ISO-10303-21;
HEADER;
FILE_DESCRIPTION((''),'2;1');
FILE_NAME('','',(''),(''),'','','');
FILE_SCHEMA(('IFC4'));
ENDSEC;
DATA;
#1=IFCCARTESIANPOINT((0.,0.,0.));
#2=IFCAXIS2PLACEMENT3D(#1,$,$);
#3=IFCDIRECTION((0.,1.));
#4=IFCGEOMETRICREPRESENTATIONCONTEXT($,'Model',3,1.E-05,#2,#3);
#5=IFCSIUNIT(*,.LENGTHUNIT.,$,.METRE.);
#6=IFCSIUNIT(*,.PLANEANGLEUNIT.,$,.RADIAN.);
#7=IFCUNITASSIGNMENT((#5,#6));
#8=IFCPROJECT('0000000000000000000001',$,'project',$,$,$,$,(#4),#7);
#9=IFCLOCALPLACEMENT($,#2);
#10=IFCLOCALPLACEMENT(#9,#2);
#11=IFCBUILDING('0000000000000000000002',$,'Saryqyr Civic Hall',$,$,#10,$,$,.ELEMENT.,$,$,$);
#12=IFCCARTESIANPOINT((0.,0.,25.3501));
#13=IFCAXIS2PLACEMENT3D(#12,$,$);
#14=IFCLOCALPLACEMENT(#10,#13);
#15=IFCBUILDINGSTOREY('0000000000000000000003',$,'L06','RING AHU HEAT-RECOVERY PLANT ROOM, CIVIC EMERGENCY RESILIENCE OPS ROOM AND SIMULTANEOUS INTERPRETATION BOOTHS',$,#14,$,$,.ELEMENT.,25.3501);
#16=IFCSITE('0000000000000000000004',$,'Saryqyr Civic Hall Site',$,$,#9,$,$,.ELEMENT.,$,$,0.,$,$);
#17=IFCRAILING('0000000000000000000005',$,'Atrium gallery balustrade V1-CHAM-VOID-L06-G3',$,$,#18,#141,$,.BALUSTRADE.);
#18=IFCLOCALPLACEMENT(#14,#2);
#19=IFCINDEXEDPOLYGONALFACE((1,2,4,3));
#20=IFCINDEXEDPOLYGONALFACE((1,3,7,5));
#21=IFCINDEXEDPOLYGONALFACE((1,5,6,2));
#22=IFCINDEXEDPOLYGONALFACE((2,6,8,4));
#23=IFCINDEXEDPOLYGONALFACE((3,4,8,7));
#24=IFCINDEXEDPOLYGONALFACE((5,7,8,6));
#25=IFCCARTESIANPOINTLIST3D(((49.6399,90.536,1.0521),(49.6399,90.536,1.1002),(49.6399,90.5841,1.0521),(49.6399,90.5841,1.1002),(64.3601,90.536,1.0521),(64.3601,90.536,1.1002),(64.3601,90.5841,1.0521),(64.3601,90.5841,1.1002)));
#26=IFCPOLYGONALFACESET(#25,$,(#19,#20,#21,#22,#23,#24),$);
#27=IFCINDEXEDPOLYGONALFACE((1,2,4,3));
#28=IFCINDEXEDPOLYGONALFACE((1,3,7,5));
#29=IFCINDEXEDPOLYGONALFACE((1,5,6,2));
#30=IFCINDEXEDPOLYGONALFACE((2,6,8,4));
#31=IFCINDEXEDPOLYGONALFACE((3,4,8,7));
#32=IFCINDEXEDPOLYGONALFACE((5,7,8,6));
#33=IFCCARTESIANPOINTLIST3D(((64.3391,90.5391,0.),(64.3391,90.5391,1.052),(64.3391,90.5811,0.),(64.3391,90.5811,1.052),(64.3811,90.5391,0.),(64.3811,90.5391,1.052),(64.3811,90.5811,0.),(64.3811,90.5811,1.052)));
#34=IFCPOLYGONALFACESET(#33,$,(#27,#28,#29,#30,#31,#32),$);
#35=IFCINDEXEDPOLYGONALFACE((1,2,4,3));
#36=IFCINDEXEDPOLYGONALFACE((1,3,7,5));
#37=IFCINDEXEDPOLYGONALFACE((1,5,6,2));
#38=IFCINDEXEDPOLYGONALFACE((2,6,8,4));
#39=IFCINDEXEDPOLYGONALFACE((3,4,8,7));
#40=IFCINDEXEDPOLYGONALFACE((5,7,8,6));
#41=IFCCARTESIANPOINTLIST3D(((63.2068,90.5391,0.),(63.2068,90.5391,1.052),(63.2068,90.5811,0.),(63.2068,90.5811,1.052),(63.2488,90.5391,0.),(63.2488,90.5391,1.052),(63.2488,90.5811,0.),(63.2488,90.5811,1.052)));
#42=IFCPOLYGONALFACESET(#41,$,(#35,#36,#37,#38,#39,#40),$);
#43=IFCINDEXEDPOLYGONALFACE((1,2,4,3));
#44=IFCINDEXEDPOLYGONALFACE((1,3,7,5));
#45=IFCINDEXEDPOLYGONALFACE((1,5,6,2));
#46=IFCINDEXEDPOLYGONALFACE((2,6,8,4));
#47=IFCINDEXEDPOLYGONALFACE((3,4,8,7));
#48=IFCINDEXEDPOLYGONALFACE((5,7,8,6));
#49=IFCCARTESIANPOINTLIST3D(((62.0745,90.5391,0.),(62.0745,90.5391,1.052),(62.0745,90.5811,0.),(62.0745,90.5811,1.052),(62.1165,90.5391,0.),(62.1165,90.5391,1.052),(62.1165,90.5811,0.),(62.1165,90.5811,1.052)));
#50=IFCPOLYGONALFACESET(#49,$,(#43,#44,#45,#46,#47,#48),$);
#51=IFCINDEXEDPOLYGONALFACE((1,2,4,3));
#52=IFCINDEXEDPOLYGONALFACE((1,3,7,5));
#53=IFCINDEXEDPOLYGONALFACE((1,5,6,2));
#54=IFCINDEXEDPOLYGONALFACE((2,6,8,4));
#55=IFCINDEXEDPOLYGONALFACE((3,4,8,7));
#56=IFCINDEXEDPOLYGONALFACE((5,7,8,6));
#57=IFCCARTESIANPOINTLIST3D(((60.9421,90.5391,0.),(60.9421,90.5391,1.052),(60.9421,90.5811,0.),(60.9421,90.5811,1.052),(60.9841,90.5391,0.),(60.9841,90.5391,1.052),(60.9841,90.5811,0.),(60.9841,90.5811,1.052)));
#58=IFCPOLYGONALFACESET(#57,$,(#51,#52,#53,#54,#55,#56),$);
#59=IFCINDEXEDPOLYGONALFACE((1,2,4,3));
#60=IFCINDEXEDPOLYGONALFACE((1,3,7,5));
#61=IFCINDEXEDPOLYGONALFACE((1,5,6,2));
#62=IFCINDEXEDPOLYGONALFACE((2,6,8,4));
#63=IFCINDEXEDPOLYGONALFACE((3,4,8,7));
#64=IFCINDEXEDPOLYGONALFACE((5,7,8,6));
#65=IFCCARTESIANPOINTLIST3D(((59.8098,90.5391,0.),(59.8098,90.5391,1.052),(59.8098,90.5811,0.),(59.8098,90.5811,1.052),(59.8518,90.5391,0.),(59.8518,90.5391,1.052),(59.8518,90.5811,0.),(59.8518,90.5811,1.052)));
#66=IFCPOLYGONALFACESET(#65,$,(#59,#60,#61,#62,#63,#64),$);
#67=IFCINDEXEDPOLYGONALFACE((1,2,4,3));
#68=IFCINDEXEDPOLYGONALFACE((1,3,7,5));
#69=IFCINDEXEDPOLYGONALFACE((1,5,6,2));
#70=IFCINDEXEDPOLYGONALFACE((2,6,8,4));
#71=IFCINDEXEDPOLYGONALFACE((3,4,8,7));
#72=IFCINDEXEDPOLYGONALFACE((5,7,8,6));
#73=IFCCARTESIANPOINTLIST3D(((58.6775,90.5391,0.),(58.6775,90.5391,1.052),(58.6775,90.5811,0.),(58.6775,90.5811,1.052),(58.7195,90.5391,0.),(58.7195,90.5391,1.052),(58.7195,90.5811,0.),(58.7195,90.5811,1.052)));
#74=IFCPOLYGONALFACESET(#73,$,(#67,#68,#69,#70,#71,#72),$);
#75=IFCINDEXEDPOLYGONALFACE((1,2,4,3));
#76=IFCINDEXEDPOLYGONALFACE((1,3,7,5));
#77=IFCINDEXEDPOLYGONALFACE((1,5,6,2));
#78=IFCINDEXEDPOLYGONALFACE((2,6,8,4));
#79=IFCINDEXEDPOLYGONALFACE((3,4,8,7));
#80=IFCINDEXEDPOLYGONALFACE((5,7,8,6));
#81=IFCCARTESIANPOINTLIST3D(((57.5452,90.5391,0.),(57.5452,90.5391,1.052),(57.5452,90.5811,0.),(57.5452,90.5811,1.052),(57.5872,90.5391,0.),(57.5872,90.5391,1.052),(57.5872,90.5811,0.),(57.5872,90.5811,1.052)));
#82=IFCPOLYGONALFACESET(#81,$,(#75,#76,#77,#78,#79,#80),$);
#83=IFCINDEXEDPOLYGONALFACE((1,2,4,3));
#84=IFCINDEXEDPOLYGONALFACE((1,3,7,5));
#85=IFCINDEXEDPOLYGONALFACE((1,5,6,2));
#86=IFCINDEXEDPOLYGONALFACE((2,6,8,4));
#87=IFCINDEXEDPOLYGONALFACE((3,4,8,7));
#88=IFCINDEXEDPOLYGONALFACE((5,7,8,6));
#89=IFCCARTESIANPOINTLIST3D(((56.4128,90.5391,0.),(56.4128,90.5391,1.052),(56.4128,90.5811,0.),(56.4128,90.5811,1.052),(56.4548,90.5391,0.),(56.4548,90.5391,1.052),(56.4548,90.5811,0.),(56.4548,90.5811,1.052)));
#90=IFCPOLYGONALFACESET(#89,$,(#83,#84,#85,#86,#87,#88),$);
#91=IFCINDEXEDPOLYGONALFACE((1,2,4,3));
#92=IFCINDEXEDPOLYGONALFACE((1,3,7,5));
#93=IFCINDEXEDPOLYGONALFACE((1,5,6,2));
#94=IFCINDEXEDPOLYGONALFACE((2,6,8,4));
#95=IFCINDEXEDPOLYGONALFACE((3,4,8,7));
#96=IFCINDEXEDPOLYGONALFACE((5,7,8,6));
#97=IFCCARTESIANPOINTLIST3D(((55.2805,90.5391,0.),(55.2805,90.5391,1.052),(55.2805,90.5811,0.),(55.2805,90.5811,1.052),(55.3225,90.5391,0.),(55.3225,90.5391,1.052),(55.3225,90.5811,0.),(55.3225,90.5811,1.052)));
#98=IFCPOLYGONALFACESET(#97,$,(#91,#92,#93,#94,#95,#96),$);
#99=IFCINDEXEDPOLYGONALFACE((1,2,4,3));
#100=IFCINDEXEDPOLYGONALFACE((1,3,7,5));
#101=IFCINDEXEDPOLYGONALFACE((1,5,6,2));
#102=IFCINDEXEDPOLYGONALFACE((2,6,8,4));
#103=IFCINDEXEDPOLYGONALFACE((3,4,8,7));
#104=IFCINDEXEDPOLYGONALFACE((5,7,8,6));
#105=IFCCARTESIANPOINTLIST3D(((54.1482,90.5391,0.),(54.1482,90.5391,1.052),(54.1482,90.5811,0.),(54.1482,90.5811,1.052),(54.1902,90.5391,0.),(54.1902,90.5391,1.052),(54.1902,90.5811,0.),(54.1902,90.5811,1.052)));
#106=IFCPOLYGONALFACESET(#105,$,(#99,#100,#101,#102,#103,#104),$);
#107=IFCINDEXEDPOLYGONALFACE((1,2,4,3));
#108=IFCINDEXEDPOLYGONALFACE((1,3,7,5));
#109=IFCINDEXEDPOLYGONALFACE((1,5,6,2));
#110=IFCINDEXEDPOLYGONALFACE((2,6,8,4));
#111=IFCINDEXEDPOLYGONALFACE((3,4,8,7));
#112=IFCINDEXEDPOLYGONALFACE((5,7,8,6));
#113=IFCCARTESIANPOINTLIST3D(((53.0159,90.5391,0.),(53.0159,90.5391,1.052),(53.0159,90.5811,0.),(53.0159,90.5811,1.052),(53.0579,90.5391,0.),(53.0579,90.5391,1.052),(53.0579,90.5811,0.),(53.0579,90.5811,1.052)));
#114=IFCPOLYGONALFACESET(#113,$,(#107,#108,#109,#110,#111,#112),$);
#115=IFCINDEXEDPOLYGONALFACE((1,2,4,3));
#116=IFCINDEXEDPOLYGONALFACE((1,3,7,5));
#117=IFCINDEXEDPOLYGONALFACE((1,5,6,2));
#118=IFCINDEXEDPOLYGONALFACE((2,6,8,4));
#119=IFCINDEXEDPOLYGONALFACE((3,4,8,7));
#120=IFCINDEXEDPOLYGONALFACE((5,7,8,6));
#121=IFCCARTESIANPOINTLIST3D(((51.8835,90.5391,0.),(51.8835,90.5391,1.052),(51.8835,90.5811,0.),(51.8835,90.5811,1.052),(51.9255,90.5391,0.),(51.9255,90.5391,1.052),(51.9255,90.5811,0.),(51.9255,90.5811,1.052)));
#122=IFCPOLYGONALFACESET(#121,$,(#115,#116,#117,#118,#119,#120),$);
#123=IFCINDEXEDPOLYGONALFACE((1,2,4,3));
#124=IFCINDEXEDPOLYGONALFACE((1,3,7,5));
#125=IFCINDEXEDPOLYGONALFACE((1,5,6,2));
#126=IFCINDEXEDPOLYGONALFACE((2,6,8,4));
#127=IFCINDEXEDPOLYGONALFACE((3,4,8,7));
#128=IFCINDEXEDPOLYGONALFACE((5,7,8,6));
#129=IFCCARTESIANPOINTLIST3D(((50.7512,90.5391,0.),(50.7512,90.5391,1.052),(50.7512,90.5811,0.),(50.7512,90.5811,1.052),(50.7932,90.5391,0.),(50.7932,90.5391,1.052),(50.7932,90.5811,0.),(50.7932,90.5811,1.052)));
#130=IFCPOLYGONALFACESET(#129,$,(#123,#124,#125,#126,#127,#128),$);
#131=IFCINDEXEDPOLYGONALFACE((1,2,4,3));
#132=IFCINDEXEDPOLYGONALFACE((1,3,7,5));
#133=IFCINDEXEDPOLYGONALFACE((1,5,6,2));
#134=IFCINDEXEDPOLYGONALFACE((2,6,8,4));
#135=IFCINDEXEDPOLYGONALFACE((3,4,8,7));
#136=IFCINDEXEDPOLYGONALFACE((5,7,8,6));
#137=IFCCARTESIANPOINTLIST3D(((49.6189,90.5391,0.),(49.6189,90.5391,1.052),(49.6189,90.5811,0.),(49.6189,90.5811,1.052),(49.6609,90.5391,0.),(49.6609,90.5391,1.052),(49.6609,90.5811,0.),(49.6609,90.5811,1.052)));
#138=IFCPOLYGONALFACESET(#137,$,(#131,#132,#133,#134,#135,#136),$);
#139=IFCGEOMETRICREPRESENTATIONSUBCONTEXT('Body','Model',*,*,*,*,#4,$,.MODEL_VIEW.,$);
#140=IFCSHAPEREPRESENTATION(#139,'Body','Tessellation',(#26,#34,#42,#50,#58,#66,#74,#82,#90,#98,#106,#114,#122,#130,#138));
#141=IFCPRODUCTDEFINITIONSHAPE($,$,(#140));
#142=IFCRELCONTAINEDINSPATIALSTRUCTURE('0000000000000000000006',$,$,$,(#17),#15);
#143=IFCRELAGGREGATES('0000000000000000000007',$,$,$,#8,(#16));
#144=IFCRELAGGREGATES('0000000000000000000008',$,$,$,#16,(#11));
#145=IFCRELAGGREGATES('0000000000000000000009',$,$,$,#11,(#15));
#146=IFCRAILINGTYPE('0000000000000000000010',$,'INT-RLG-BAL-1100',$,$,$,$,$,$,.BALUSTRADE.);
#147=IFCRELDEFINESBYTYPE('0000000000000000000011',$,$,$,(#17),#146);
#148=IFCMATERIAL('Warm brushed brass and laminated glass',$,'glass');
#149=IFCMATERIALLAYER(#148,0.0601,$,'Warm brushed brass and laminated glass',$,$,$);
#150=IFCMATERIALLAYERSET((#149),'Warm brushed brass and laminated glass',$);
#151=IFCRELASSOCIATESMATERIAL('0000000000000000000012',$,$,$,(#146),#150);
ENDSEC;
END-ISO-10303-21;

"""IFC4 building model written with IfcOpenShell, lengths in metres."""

from ifc_helpers import new_model, si_unit, direction, frame, origin, origin_2d, place, context, subcontext, project, spatial, rectangle, extrude, material, layer, layer_set, type_object, element, save


model = new_model("IFC4")

# Units and contexts
model_context = context("Model", 3, precision=1e-05, world=origin(), true_north=direction((0.0, 1.0)))
body_context = subcontext(model_context, "Body", "Model", "MODEL_VIEW")
ifc_project = project(units=[si_unit("LENGTHUNIT", "METRE"), si_unit("PLANEANGLEUNIT", "RADIAN")], contexts=[model_context])

# Site, building, storey
site_placement = place(None, origin())
site = spatial("IfcSite", under=ifc_project, at=site_placement, Name="Saryqyr Civic Hall Site", CompositionType="ELEMENT", RefElevation=0.0)
building_placement = place(site_placement, origin())
building = spatial("IfcBuilding", under=site, at=building_placement, Name="Saryqyr Civic Hall", CompositionType="ELEMENT")
storey_placement = place(building_placement, frame((0.0, 0.0, 25.3501)))
storey = spatial("IfcBuildingStorey", under=building, at=storey_placement, Name="L06", Description="RING AHU HEAT-RECOVERY PLANT ROOM, CIVIC EMERGENCY RESILIENCE OPS ROOM AND SIMULTANEOUS INTERPRETATION BOOTHS", CompositionType="ELEMENT", Elevation=25.3501)

# Railing
ifc_material_1 = material(Name="Warm brushed brass and laminated glass", Category="glass")
ifc_layer_1 = layer(ifc_material_1, 0.0601, Name="Warm brushed brass and laminated glass")
ifc_layer_set_1 = layer_set([ifc_layer_1], Name="Warm brushed brass and laminated glass")
railing_type = type_object("IfcRailingType", Name="INT-RLG-BAL-1100", PredefinedType="BALUSTRADE", material=ifc_layer_set_1)
railing_1_placement = place(storey_placement, frame((64.3601, 90.5601, 0.0)))
element("IfcRailing", 1, at=railing_1_placement, inside=storey, type_object=railing_type, Name="Atrium gallery balustrade V1-CHAM-VOID-L06-G3", PredefinedType="BALUSTRADE", context=body_context, shape_type="SweptSolid", body=[
    extrude(rectangle(XDim=0.0481, YDim=0.0481, at=origin_2d()), frame((0.0, 0.0, 1.0762), z_axis=(-1.0, 0.0, 0.0), x_axis=(0.0, -1.0, 0.0)), (0.0, 0.0, 1.0), 14.7202),
    extrude(rectangle(XDim=0.042, YDim=0.042, at=origin_2d()), origin(), (0.0, 0.0, 1.0), 1.052),
    extrude(rectangle(XDim=0.042, YDim=0.042, at=origin_2d()), frame((-1.1323, 0.0, 0.0)), (0.0, 0.0, 1.0), 1.052),
    extrude(rectangle(XDim=0.042, YDim=0.042, at=origin_2d()), frame((-2.2646, 0.0, 0.0)), (0.0, 0.0, 1.0), 1.052),
    extrude(rectangle(XDim=0.042, YDim=0.042, at=origin_2d()), frame((-3.397, 0.0, 0.0)), (0.0, 0.0, 1.0), 1.052),
    extrude(rectangle(XDim=0.042, YDim=0.042, at=origin_2d()), frame((-4.5293, 0.0, 0.0)), (0.0, 0.0, 1.0), 1.052),
    extrude(rectangle(XDim=0.042, YDim=0.042, at=origin_2d()), frame((-5.6616, 0.0, 0.0)), (0.0, 0.0, 1.0), 1.052),
    extrude(rectangle(XDim=0.042, YDim=0.042, at=origin_2d()), frame((-6.7939, 0.0, 0.0)), (0.0, 0.0, 1.0), 1.052),
    extrude(rectangle(XDim=0.042, YDim=0.042, at=origin_2d()), frame((-7.9263, 0.0, 0.0)), (0.0, 0.0, 1.0), 1.052),
    extrude(rectangle(XDim=0.042, YDim=0.042, at=origin_2d()), frame((-9.0586, 0.0, 0.0)), (0.0, 0.0, 1.0), 1.052),
    extrude(rectangle(XDim=0.042, YDim=0.042, at=origin_2d()), frame((-10.1909, 0.0, 0.0)), (0.0, 0.0, 1.0), 1.052),
    extrude(rectangle(XDim=0.042, YDim=0.042, at=origin_2d()), frame((-11.3232, 0.0, 0.0)), (0.0, 0.0, 1.0), 1.052),
    extrude(rectangle(XDim=0.042, YDim=0.042, at=origin_2d()), frame((-12.4556, 0.0, 0.0)), (0.0, 0.0, 1.0), 1.052),
    extrude(rectangle(XDim=0.042, YDim=0.042, at=origin_2d()), frame((-13.5879, 0.0, 0.0)), (0.0, 0.0, 1.0), 1.052),
    extrude(rectangle(XDim=0.042, YDim=0.042, at=origin_2d()), frame((-14.7202, 0.0, 0.0)), (0.0, 0.0, 1.0), 1.052),
])

save(model, "model.ifc")
